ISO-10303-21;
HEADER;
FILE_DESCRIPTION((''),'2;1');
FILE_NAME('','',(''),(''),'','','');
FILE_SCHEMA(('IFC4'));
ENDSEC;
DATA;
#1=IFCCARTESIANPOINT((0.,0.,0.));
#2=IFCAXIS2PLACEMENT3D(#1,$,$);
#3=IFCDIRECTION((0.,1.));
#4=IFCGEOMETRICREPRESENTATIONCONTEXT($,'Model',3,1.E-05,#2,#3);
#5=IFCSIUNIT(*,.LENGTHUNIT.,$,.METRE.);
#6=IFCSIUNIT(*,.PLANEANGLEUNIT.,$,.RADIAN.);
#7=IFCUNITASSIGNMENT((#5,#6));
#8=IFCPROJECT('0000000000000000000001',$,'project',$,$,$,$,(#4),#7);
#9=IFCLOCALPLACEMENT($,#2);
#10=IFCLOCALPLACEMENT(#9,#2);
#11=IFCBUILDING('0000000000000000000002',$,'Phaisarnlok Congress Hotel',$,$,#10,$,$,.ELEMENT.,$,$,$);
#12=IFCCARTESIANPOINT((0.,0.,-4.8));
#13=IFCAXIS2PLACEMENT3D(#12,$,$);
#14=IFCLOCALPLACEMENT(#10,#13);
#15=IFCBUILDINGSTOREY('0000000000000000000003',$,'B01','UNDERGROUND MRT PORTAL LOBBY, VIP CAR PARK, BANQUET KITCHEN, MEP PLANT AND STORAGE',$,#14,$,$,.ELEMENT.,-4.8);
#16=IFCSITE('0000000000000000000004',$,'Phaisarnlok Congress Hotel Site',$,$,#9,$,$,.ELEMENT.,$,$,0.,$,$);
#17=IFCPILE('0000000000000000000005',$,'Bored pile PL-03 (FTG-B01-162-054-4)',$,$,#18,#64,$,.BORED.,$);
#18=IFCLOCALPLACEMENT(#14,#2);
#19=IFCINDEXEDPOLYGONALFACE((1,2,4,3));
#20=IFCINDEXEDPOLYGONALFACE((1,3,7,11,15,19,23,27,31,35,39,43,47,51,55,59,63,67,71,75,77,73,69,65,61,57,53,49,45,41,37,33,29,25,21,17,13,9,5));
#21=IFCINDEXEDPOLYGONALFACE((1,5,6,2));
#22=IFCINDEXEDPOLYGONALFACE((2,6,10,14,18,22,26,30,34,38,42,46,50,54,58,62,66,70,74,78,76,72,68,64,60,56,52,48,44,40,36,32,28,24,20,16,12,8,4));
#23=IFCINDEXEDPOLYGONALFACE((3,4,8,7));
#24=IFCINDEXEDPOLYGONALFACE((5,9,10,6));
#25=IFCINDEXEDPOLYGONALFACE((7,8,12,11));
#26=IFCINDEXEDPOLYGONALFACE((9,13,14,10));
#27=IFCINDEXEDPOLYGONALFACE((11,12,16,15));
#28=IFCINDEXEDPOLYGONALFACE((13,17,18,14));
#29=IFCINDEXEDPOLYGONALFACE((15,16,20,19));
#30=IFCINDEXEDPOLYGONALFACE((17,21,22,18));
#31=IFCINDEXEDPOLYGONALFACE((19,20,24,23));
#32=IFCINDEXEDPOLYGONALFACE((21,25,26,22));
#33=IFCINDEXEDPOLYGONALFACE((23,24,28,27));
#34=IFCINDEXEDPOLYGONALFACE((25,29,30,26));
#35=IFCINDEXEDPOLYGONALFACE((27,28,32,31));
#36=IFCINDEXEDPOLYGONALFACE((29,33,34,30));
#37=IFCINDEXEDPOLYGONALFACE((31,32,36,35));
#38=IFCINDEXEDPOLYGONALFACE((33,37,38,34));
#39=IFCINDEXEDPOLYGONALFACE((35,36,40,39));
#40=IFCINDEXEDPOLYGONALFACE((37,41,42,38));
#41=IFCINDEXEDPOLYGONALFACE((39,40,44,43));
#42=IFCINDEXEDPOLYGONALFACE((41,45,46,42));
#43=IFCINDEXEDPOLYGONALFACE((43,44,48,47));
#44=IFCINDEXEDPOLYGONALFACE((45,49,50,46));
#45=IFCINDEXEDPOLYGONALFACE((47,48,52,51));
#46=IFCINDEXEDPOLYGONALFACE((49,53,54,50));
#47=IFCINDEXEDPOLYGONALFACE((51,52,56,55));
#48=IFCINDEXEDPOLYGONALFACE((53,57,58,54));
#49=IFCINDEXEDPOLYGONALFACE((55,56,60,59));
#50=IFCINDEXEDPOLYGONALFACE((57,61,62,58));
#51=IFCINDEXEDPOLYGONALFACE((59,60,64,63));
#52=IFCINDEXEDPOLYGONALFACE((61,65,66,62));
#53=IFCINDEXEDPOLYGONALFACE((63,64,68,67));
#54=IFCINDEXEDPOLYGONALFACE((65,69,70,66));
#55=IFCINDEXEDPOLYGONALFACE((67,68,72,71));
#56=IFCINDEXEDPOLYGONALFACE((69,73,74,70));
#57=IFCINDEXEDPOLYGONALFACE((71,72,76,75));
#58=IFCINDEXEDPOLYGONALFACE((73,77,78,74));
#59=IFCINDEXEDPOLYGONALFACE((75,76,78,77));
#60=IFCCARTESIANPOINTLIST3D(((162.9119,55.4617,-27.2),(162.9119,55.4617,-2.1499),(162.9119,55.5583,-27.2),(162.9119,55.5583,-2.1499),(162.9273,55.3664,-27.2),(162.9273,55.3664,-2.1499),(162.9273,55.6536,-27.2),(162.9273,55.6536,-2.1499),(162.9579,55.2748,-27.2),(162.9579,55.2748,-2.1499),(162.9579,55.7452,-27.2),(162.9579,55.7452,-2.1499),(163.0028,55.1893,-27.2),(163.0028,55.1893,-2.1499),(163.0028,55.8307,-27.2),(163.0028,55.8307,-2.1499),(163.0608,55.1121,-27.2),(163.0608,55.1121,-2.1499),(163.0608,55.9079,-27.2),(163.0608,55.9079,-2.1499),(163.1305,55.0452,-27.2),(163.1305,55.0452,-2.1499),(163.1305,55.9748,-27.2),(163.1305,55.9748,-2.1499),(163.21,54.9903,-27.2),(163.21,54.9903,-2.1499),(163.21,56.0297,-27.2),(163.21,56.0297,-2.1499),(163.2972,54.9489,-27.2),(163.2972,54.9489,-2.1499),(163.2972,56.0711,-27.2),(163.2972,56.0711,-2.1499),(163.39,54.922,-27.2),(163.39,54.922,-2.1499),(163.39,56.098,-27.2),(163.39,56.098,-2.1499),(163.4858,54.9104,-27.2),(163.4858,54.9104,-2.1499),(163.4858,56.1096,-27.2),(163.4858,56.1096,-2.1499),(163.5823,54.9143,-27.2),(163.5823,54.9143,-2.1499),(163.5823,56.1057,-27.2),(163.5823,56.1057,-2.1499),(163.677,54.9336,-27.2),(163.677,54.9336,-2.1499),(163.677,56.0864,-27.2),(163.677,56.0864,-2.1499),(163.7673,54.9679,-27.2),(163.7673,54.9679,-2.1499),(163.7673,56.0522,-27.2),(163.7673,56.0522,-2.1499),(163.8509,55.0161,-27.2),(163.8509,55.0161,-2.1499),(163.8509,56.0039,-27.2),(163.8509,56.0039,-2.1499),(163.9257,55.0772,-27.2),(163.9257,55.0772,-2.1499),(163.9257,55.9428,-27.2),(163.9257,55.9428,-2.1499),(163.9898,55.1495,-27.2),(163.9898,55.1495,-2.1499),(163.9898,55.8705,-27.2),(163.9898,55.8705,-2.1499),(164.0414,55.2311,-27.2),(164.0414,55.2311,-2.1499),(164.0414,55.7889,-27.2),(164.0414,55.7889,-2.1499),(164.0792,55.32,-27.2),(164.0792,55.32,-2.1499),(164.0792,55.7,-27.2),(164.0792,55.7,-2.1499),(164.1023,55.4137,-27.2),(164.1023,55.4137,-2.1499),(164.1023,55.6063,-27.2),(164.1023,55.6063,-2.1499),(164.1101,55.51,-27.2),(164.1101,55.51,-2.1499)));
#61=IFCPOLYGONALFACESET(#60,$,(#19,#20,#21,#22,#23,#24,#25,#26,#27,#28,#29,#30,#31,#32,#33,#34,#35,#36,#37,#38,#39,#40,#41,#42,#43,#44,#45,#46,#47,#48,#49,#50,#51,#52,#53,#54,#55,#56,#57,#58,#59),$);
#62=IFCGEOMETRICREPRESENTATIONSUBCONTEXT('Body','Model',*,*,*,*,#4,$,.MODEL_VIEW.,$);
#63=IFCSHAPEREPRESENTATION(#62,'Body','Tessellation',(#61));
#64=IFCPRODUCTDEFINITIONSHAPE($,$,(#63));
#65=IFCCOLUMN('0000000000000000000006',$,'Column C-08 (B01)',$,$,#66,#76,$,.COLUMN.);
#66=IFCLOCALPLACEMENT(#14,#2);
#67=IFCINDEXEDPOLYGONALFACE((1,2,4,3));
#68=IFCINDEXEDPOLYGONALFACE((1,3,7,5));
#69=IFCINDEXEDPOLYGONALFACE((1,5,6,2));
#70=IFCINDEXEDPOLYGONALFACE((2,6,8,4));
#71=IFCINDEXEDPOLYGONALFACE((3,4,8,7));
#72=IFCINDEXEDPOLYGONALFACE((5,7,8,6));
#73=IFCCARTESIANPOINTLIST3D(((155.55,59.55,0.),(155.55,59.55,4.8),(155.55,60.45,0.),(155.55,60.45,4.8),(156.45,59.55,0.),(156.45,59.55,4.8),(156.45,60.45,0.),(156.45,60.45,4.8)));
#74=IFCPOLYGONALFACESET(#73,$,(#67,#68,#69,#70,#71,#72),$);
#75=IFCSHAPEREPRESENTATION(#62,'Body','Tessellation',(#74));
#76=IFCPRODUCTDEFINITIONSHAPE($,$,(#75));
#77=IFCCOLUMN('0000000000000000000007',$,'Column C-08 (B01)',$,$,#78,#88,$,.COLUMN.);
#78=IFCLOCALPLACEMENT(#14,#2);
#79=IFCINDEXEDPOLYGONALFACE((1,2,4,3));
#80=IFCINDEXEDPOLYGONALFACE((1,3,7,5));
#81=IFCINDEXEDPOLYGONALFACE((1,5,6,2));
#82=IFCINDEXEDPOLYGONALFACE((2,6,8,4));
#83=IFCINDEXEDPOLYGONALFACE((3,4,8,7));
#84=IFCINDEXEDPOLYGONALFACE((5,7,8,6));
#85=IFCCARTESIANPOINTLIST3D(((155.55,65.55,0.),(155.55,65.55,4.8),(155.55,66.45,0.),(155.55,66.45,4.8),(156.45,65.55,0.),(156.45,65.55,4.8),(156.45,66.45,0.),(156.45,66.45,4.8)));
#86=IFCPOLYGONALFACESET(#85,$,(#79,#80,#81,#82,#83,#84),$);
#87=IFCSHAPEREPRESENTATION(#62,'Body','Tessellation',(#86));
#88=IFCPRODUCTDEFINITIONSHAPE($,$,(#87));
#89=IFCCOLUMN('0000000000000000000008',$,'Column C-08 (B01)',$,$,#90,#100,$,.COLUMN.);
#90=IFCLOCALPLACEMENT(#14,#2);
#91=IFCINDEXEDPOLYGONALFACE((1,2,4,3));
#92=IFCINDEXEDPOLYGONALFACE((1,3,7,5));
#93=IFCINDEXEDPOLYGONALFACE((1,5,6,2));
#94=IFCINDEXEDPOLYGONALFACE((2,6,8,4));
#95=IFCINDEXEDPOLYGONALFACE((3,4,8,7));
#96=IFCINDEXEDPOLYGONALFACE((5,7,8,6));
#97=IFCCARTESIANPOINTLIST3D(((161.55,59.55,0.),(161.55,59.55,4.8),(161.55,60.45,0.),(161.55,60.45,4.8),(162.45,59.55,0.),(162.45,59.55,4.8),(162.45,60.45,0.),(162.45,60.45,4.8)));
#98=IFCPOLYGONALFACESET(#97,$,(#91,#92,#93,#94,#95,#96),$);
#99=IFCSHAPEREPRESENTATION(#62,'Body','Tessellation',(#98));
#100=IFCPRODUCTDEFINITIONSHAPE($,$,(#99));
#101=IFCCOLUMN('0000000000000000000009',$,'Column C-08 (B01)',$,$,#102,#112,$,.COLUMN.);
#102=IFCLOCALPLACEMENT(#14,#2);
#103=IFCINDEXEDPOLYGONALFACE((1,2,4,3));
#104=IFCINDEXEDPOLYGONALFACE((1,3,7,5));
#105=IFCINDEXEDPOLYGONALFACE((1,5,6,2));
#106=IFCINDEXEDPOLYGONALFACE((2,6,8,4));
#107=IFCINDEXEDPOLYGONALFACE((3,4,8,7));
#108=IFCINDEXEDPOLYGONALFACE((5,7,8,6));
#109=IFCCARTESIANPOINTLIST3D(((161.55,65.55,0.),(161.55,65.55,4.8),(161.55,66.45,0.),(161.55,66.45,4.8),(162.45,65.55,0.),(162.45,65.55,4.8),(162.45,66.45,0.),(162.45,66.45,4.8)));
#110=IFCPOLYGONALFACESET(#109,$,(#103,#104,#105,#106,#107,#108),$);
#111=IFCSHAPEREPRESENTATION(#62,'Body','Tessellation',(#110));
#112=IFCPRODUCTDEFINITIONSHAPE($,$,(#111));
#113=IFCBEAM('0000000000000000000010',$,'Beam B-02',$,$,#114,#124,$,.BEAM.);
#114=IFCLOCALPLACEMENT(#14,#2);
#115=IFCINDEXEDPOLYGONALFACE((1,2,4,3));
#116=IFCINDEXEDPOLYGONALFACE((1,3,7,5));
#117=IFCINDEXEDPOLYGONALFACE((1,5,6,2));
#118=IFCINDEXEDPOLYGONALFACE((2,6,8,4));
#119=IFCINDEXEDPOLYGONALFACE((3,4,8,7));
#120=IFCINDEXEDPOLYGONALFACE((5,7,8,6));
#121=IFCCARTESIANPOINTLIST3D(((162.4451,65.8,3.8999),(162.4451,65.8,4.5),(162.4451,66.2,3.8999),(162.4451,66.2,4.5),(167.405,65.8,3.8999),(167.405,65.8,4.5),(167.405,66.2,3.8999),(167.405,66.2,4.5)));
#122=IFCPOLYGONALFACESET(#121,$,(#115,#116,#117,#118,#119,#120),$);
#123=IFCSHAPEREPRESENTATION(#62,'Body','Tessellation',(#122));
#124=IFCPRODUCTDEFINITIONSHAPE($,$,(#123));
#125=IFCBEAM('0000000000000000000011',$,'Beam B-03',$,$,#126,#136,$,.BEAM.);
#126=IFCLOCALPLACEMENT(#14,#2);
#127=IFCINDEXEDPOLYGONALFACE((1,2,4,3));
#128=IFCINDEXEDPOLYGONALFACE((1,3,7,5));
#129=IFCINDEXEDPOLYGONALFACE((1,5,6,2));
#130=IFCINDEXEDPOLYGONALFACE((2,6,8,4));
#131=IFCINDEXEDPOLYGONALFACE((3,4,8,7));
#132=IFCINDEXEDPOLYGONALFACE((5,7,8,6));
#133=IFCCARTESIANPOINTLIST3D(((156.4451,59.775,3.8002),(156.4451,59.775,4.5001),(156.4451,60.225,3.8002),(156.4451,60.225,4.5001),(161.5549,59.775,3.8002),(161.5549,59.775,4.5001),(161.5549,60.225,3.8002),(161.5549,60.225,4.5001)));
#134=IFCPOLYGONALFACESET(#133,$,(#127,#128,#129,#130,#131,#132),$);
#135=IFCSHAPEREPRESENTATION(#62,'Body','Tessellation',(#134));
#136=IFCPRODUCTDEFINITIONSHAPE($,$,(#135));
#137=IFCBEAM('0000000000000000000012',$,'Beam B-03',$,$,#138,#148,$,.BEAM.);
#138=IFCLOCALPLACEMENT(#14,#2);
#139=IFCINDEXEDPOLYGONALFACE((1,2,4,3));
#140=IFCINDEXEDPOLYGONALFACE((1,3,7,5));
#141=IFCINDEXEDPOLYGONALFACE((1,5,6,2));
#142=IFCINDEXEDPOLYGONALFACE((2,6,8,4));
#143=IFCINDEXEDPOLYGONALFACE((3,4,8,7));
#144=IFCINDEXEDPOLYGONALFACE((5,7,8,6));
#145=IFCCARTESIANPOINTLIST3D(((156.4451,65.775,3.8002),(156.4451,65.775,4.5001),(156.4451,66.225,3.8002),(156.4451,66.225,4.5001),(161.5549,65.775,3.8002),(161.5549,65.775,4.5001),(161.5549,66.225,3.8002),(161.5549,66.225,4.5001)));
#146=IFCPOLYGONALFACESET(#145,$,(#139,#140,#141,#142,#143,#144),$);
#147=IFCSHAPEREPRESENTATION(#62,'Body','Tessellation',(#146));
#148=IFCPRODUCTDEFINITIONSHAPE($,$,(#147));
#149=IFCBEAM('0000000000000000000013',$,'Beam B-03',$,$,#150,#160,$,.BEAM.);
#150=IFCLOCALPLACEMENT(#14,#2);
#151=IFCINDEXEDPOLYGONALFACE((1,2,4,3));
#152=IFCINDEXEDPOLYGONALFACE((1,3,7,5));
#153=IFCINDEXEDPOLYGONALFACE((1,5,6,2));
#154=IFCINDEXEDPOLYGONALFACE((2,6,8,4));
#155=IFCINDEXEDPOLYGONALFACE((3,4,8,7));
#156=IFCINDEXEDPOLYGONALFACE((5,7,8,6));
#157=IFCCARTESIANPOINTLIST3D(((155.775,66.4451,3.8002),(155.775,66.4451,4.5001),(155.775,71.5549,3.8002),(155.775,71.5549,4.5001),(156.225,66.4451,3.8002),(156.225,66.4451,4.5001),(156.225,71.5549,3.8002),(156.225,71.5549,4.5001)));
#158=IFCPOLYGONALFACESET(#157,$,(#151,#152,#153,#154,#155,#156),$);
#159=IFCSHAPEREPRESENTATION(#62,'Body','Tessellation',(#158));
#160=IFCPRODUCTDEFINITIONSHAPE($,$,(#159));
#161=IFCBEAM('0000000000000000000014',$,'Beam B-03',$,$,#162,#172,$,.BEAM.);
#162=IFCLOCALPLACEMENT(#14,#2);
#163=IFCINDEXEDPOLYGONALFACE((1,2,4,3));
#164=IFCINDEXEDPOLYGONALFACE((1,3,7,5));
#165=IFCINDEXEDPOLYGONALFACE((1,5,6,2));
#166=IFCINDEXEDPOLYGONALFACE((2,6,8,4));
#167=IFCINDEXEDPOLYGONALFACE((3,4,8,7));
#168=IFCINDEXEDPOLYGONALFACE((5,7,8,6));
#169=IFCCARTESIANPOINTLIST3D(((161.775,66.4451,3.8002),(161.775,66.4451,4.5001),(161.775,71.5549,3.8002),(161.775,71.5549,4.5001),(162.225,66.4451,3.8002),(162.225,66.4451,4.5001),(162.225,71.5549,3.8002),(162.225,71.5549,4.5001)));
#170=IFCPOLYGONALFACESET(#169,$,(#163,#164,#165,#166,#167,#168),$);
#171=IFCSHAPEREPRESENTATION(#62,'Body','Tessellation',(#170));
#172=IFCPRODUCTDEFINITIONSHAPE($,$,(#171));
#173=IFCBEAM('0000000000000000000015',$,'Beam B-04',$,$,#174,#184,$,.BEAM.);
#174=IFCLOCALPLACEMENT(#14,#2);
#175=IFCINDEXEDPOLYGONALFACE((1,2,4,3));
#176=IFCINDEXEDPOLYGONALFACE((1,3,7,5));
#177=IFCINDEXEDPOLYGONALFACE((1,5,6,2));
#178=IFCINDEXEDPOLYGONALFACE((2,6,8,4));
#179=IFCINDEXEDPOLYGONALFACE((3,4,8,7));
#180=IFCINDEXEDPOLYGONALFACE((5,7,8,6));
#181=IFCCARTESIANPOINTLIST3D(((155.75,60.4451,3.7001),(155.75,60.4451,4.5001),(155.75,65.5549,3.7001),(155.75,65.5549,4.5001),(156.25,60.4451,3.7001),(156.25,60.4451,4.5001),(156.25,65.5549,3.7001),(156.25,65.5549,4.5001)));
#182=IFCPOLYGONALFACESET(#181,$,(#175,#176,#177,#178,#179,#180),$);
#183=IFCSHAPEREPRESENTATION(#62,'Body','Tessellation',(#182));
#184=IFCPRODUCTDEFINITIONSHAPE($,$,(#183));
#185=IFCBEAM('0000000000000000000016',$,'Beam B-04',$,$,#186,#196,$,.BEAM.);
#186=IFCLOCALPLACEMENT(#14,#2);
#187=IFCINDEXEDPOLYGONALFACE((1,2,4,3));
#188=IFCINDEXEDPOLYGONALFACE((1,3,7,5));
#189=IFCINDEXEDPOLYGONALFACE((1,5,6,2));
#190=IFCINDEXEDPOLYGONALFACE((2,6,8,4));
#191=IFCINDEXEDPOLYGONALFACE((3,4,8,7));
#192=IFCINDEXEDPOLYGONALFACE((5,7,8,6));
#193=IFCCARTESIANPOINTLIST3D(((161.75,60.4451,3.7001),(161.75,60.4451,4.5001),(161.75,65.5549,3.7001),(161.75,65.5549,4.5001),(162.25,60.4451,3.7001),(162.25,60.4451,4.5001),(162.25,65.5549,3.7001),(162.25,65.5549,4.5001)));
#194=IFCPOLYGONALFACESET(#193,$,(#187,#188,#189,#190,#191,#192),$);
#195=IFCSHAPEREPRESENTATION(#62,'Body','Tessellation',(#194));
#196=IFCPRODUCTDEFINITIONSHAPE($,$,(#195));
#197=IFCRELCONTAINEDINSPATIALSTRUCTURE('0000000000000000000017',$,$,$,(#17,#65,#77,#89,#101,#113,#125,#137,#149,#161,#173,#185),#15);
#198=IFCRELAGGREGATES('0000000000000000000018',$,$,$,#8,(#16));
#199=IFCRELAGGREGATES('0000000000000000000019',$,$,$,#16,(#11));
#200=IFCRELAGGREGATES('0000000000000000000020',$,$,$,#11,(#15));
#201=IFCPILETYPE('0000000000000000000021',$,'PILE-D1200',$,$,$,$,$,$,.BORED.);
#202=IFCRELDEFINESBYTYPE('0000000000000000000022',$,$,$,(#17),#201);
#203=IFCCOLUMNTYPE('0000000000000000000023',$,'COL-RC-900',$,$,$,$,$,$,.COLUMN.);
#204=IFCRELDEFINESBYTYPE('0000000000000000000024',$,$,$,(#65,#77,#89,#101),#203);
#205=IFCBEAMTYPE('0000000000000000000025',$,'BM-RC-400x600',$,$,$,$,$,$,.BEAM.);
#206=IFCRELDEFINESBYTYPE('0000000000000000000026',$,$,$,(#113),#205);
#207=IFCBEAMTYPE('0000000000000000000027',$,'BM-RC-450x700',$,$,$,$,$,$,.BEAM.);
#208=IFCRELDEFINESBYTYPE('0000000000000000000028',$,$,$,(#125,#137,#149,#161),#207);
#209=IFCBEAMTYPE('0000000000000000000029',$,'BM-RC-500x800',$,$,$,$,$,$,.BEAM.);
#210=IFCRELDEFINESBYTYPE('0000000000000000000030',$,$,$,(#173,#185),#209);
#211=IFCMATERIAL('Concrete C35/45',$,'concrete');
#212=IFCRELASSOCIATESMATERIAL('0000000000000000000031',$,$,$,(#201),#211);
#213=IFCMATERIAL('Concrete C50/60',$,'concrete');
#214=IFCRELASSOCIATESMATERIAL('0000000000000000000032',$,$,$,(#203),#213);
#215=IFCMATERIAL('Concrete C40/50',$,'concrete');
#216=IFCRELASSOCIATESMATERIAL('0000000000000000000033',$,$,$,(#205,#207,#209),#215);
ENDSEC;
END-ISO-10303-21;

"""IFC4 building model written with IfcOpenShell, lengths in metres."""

from ifc_helpers import new_model, si_unit, direction, frame, origin, origin_2d, place, context, subcontext, project, spatial, rectangle, circle, extrude, material, material_profile, profile_set, type_object, element, save


model = new_model("IFC4")

# Units and contexts
model_context = context("Model", 3, precision=1e-05, world=origin(), true_north=direction((0.0, 1.0)))
body_context = subcontext(model_context, "Body", "Model", "MODEL_VIEW")
ifc_project = project(units=[si_unit("LENGTHUNIT", "METRE"), si_unit("PLANEANGLEUNIT", "RADIAN")], contexts=[model_context])

# Site, building, storey
site_placement = place(None, origin())
site = spatial("IfcSite", under=ifc_project, at=site_placement, Name="Phaisarnlok Congress Hotel Site", CompositionType="ELEMENT", RefElevation=0.0)
building_placement = place(site_placement, origin())
building = spatial("IfcBuilding", under=site, at=building_placement, Name="Phaisarnlok Congress Hotel", CompositionType="ELEMENT")
storey_placement = place(building_placement, frame((0.0, 0.0, -4.8)))
storey = spatial("IfcBuildingStorey", under=building, at=storey_placement, Name="B01", Description="UNDERGROUND MRT PORTAL LOBBY, VIP CAR PARK, BANQUET KITCHEN, MEP PLANT AND STORAGE", CompositionType="ELEMENT", Elevation=-4.8)

# Shared definitions
ifc_material_1 = material(Name="Concrete C40/50", Category="concrete")

# Pile
ifc_material_2 = material(Name="Concrete C35/45", Category="concrete")
ifc_material_profile_1 = material_profile(ifc_material_2, circle(Radius=0.6001, at=origin_2d()), Name="BORED PILE D1200")
ifc_profile_set_1 = profile_set([ifc_material_profile_1], Name="Concrete C35/45")
pile_type_1 = type_object("IfcPileType", Name="PILE-D1200", PredefinedType="BORED", material=ifc_profile_set_1)
for number, where, z_axis, x_axis, name in (
    (1, (163.51, 55.51, -2.1499), (0.0, 0.0, -1.0), (1.0, 0.0, 0.0), "Bored pile PL-03 (FTG-B01-162-054-4)"),
):
    element("IfcPile", number, at=place(storey_placement, frame(where, z_axis=z_axis, x_axis=x_axis)), inside=storey, type_object=pile_type_1, Name=name, PredefinedType="BORED", context=body_context, shape_type="SweptSolid", body=[
        extrude(circle(Radius=0.6001, at=origin_2d()), origin(), (0.0, 0.0, 1.0), 25.05),
    ])

# Columns
ifc_material_3 = material(Name="Concrete C50/60", Category="concrete")
ifc_material_profile_2 = material_profile(ifc_material_3, rectangle(XDim=0.8999, YDim=0.8999, at=origin_2d()), Name="RC 900x900")
ifc_profile_set_2 = profile_set([ifc_material_profile_2], Name="Concrete C50/60")
column_type = type_object("IfcColumnType", Name="COL-RC-900", PredefinedType="COLUMN", material=ifc_profile_set_2)
for number, where, z_axis, x_axis, name in (
    (2, (156.0, 60.0, 0.0), (0.0, 0.0, 1.0), (1.0, 0.0, 0.0), "Column C-08 (B01)"),
    (3, (156.0, 66.0, 0.0), (0.0, 0.0, 1.0), (1.0, 0.0, 0.0), "Column C-08 (B01)"),
    (4, (162.0, 60.0, 0.0), (0.0, 0.0, 1.0), (1.0, 0.0, 0.0), "Column C-08 (B01)"),
    (5, (162.0, 66.0, 0.0), (0.0, 0.0, 1.0), (1.0, 0.0, 0.0), "Column C-08 (B01)"),
):
    element("IfcColumn", number, at=place(storey_placement, frame(where, z_axis=z_axis, x_axis=x_axis)), inside=storey, type_object=column_type, Name=name, PredefinedType="COLUMN", context=body_context, shape_type="SweptSolid", body=[
        extrude(rectangle(XDim=0.8999, YDim=0.8999, at=origin_2d()), origin(), (0.0, 0.0, 1.0), 4.8),
    ])

# Beams
ifc_material_profile_3 = material_profile(ifc_material_1, rectangle(XDim=0.3999, YDim=0.6001, at=origin_2d()), Name="RC 400x600")
ifc_profile_set_3 = profile_set([ifc_material_profile_3], Name="Concrete C40/50")
beam_type_1 = type_object("IfcBeamType", Name="BM-RC-400x600", PredefinedType="BEAM", material=ifc_profile_set_3)
beam_1_placement = place(storey_placement, frame((162.4451, 66.0, 4.2), z_axis=(1.0, 0.0, 0.0), x_axis=(0.0, 1.0, 0.0)))
element("IfcBeam", 6, at=beam_1_placement, inside=storey, type_object=beam_type_1, Name="Beam B-02", PredefinedType="BEAM", context=body_context, shape_type="SweptSolid", body=[
    extrude(rectangle(XDim=0.3999, YDim=0.6001, at=origin_2d()), origin(), (0.0, 0.0, 1.0), 4.96),
])
ifc_material_profile_4 = material_profile(ifc_material_1, rectangle(XDim=0.45, YDim=0.7, at=origin_2d()), Name="RC 450x700")
ifc_profile_set_4 = profile_set([ifc_material_profile_4], Name="Concrete C40/50")
beam_type_2 = type_object("IfcBeamType", Name="BM-RC-450x700", PredefinedType="BEAM", material=ifc_profile_set_4)
for number, where, z_axis, x_axis, name in (
    (7, (156.4451, 60.0, 4.1501), (1.0, 0.0, 0.0), (0.0, 1.0, 0.0), "Beam B-03"),
    (8, (156.4451, 66.0, 4.1501), (1.0, 0.0, 0.0), (0.0, 1.0, 0.0), "Beam B-03"),
    (9, (156.0, 66.4451, 4.1501), (0.0, 1.0, 0.0), (-1.0, 0.0, 0.0), "Beam B-03"),
    (10, (162.0, 66.4451, 4.1501), (0.0, 1.0, 0.0), (-1.0, 0.0, 0.0), "Beam B-03"),
):
    element("IfcBeam", number, at=place(storey_placement, frame(where, z_axis=z_axis, x_axis=x_axis)), inside=storey, type_object=beam_type_2, Name=name, PredefinedType="BEAM", context=body_context, shape_type="SweptSolid", body=[
        extrude(rectangle(XDim=0.45, YDim=0.7, at=origin_2d()), origin(), (0.0, 0.0, 1.0), 5.1099),
    ])
ifc_material_profile_5 = material_profile(ifc_material_1, rectangle(XDim=0.5, YDim=0.8, at=origin_2d()), Name="RC 500x800")
ifc_profile_set_5 = profile_set([ifc_material_profile_5], Name="Concrete C40/50")
beam_type_3 = type_object("IfcBeamType", Name="BM-RC-500x800", PredefinedType="BEAM", material=ifc_profile_set_5)
for number, where, z_axis, x_axis, name in (
    (11, (156.0, 60.4451, 4.1001), (0.0, 1.0, 0.0), (-1.0, 0.0, 0.0), "Beam B-04"),
    (12, (162.0, 60.4451, 4.1001), (0.0, 1.0, 0.0), (-1.0, 0.0, 0.0), "Beam B-04"),
):
    element("IfcBeam", number, at=place(storey_placement, frame(where, z_axis=z_axis, x_axis=x_axis)), inside=storey, type_object=beam_type_3, Name=name, PredefinedType="BEAM", context=body_context, shape_type="SweptSolid", body=[
        extrude(rectangle(XDim=0.5, YDim=0.8, at=origin_2d()), origin(), (0.0, 0.0, 1.0), 5.1099),
    ])

save(model, "model.ifc")
